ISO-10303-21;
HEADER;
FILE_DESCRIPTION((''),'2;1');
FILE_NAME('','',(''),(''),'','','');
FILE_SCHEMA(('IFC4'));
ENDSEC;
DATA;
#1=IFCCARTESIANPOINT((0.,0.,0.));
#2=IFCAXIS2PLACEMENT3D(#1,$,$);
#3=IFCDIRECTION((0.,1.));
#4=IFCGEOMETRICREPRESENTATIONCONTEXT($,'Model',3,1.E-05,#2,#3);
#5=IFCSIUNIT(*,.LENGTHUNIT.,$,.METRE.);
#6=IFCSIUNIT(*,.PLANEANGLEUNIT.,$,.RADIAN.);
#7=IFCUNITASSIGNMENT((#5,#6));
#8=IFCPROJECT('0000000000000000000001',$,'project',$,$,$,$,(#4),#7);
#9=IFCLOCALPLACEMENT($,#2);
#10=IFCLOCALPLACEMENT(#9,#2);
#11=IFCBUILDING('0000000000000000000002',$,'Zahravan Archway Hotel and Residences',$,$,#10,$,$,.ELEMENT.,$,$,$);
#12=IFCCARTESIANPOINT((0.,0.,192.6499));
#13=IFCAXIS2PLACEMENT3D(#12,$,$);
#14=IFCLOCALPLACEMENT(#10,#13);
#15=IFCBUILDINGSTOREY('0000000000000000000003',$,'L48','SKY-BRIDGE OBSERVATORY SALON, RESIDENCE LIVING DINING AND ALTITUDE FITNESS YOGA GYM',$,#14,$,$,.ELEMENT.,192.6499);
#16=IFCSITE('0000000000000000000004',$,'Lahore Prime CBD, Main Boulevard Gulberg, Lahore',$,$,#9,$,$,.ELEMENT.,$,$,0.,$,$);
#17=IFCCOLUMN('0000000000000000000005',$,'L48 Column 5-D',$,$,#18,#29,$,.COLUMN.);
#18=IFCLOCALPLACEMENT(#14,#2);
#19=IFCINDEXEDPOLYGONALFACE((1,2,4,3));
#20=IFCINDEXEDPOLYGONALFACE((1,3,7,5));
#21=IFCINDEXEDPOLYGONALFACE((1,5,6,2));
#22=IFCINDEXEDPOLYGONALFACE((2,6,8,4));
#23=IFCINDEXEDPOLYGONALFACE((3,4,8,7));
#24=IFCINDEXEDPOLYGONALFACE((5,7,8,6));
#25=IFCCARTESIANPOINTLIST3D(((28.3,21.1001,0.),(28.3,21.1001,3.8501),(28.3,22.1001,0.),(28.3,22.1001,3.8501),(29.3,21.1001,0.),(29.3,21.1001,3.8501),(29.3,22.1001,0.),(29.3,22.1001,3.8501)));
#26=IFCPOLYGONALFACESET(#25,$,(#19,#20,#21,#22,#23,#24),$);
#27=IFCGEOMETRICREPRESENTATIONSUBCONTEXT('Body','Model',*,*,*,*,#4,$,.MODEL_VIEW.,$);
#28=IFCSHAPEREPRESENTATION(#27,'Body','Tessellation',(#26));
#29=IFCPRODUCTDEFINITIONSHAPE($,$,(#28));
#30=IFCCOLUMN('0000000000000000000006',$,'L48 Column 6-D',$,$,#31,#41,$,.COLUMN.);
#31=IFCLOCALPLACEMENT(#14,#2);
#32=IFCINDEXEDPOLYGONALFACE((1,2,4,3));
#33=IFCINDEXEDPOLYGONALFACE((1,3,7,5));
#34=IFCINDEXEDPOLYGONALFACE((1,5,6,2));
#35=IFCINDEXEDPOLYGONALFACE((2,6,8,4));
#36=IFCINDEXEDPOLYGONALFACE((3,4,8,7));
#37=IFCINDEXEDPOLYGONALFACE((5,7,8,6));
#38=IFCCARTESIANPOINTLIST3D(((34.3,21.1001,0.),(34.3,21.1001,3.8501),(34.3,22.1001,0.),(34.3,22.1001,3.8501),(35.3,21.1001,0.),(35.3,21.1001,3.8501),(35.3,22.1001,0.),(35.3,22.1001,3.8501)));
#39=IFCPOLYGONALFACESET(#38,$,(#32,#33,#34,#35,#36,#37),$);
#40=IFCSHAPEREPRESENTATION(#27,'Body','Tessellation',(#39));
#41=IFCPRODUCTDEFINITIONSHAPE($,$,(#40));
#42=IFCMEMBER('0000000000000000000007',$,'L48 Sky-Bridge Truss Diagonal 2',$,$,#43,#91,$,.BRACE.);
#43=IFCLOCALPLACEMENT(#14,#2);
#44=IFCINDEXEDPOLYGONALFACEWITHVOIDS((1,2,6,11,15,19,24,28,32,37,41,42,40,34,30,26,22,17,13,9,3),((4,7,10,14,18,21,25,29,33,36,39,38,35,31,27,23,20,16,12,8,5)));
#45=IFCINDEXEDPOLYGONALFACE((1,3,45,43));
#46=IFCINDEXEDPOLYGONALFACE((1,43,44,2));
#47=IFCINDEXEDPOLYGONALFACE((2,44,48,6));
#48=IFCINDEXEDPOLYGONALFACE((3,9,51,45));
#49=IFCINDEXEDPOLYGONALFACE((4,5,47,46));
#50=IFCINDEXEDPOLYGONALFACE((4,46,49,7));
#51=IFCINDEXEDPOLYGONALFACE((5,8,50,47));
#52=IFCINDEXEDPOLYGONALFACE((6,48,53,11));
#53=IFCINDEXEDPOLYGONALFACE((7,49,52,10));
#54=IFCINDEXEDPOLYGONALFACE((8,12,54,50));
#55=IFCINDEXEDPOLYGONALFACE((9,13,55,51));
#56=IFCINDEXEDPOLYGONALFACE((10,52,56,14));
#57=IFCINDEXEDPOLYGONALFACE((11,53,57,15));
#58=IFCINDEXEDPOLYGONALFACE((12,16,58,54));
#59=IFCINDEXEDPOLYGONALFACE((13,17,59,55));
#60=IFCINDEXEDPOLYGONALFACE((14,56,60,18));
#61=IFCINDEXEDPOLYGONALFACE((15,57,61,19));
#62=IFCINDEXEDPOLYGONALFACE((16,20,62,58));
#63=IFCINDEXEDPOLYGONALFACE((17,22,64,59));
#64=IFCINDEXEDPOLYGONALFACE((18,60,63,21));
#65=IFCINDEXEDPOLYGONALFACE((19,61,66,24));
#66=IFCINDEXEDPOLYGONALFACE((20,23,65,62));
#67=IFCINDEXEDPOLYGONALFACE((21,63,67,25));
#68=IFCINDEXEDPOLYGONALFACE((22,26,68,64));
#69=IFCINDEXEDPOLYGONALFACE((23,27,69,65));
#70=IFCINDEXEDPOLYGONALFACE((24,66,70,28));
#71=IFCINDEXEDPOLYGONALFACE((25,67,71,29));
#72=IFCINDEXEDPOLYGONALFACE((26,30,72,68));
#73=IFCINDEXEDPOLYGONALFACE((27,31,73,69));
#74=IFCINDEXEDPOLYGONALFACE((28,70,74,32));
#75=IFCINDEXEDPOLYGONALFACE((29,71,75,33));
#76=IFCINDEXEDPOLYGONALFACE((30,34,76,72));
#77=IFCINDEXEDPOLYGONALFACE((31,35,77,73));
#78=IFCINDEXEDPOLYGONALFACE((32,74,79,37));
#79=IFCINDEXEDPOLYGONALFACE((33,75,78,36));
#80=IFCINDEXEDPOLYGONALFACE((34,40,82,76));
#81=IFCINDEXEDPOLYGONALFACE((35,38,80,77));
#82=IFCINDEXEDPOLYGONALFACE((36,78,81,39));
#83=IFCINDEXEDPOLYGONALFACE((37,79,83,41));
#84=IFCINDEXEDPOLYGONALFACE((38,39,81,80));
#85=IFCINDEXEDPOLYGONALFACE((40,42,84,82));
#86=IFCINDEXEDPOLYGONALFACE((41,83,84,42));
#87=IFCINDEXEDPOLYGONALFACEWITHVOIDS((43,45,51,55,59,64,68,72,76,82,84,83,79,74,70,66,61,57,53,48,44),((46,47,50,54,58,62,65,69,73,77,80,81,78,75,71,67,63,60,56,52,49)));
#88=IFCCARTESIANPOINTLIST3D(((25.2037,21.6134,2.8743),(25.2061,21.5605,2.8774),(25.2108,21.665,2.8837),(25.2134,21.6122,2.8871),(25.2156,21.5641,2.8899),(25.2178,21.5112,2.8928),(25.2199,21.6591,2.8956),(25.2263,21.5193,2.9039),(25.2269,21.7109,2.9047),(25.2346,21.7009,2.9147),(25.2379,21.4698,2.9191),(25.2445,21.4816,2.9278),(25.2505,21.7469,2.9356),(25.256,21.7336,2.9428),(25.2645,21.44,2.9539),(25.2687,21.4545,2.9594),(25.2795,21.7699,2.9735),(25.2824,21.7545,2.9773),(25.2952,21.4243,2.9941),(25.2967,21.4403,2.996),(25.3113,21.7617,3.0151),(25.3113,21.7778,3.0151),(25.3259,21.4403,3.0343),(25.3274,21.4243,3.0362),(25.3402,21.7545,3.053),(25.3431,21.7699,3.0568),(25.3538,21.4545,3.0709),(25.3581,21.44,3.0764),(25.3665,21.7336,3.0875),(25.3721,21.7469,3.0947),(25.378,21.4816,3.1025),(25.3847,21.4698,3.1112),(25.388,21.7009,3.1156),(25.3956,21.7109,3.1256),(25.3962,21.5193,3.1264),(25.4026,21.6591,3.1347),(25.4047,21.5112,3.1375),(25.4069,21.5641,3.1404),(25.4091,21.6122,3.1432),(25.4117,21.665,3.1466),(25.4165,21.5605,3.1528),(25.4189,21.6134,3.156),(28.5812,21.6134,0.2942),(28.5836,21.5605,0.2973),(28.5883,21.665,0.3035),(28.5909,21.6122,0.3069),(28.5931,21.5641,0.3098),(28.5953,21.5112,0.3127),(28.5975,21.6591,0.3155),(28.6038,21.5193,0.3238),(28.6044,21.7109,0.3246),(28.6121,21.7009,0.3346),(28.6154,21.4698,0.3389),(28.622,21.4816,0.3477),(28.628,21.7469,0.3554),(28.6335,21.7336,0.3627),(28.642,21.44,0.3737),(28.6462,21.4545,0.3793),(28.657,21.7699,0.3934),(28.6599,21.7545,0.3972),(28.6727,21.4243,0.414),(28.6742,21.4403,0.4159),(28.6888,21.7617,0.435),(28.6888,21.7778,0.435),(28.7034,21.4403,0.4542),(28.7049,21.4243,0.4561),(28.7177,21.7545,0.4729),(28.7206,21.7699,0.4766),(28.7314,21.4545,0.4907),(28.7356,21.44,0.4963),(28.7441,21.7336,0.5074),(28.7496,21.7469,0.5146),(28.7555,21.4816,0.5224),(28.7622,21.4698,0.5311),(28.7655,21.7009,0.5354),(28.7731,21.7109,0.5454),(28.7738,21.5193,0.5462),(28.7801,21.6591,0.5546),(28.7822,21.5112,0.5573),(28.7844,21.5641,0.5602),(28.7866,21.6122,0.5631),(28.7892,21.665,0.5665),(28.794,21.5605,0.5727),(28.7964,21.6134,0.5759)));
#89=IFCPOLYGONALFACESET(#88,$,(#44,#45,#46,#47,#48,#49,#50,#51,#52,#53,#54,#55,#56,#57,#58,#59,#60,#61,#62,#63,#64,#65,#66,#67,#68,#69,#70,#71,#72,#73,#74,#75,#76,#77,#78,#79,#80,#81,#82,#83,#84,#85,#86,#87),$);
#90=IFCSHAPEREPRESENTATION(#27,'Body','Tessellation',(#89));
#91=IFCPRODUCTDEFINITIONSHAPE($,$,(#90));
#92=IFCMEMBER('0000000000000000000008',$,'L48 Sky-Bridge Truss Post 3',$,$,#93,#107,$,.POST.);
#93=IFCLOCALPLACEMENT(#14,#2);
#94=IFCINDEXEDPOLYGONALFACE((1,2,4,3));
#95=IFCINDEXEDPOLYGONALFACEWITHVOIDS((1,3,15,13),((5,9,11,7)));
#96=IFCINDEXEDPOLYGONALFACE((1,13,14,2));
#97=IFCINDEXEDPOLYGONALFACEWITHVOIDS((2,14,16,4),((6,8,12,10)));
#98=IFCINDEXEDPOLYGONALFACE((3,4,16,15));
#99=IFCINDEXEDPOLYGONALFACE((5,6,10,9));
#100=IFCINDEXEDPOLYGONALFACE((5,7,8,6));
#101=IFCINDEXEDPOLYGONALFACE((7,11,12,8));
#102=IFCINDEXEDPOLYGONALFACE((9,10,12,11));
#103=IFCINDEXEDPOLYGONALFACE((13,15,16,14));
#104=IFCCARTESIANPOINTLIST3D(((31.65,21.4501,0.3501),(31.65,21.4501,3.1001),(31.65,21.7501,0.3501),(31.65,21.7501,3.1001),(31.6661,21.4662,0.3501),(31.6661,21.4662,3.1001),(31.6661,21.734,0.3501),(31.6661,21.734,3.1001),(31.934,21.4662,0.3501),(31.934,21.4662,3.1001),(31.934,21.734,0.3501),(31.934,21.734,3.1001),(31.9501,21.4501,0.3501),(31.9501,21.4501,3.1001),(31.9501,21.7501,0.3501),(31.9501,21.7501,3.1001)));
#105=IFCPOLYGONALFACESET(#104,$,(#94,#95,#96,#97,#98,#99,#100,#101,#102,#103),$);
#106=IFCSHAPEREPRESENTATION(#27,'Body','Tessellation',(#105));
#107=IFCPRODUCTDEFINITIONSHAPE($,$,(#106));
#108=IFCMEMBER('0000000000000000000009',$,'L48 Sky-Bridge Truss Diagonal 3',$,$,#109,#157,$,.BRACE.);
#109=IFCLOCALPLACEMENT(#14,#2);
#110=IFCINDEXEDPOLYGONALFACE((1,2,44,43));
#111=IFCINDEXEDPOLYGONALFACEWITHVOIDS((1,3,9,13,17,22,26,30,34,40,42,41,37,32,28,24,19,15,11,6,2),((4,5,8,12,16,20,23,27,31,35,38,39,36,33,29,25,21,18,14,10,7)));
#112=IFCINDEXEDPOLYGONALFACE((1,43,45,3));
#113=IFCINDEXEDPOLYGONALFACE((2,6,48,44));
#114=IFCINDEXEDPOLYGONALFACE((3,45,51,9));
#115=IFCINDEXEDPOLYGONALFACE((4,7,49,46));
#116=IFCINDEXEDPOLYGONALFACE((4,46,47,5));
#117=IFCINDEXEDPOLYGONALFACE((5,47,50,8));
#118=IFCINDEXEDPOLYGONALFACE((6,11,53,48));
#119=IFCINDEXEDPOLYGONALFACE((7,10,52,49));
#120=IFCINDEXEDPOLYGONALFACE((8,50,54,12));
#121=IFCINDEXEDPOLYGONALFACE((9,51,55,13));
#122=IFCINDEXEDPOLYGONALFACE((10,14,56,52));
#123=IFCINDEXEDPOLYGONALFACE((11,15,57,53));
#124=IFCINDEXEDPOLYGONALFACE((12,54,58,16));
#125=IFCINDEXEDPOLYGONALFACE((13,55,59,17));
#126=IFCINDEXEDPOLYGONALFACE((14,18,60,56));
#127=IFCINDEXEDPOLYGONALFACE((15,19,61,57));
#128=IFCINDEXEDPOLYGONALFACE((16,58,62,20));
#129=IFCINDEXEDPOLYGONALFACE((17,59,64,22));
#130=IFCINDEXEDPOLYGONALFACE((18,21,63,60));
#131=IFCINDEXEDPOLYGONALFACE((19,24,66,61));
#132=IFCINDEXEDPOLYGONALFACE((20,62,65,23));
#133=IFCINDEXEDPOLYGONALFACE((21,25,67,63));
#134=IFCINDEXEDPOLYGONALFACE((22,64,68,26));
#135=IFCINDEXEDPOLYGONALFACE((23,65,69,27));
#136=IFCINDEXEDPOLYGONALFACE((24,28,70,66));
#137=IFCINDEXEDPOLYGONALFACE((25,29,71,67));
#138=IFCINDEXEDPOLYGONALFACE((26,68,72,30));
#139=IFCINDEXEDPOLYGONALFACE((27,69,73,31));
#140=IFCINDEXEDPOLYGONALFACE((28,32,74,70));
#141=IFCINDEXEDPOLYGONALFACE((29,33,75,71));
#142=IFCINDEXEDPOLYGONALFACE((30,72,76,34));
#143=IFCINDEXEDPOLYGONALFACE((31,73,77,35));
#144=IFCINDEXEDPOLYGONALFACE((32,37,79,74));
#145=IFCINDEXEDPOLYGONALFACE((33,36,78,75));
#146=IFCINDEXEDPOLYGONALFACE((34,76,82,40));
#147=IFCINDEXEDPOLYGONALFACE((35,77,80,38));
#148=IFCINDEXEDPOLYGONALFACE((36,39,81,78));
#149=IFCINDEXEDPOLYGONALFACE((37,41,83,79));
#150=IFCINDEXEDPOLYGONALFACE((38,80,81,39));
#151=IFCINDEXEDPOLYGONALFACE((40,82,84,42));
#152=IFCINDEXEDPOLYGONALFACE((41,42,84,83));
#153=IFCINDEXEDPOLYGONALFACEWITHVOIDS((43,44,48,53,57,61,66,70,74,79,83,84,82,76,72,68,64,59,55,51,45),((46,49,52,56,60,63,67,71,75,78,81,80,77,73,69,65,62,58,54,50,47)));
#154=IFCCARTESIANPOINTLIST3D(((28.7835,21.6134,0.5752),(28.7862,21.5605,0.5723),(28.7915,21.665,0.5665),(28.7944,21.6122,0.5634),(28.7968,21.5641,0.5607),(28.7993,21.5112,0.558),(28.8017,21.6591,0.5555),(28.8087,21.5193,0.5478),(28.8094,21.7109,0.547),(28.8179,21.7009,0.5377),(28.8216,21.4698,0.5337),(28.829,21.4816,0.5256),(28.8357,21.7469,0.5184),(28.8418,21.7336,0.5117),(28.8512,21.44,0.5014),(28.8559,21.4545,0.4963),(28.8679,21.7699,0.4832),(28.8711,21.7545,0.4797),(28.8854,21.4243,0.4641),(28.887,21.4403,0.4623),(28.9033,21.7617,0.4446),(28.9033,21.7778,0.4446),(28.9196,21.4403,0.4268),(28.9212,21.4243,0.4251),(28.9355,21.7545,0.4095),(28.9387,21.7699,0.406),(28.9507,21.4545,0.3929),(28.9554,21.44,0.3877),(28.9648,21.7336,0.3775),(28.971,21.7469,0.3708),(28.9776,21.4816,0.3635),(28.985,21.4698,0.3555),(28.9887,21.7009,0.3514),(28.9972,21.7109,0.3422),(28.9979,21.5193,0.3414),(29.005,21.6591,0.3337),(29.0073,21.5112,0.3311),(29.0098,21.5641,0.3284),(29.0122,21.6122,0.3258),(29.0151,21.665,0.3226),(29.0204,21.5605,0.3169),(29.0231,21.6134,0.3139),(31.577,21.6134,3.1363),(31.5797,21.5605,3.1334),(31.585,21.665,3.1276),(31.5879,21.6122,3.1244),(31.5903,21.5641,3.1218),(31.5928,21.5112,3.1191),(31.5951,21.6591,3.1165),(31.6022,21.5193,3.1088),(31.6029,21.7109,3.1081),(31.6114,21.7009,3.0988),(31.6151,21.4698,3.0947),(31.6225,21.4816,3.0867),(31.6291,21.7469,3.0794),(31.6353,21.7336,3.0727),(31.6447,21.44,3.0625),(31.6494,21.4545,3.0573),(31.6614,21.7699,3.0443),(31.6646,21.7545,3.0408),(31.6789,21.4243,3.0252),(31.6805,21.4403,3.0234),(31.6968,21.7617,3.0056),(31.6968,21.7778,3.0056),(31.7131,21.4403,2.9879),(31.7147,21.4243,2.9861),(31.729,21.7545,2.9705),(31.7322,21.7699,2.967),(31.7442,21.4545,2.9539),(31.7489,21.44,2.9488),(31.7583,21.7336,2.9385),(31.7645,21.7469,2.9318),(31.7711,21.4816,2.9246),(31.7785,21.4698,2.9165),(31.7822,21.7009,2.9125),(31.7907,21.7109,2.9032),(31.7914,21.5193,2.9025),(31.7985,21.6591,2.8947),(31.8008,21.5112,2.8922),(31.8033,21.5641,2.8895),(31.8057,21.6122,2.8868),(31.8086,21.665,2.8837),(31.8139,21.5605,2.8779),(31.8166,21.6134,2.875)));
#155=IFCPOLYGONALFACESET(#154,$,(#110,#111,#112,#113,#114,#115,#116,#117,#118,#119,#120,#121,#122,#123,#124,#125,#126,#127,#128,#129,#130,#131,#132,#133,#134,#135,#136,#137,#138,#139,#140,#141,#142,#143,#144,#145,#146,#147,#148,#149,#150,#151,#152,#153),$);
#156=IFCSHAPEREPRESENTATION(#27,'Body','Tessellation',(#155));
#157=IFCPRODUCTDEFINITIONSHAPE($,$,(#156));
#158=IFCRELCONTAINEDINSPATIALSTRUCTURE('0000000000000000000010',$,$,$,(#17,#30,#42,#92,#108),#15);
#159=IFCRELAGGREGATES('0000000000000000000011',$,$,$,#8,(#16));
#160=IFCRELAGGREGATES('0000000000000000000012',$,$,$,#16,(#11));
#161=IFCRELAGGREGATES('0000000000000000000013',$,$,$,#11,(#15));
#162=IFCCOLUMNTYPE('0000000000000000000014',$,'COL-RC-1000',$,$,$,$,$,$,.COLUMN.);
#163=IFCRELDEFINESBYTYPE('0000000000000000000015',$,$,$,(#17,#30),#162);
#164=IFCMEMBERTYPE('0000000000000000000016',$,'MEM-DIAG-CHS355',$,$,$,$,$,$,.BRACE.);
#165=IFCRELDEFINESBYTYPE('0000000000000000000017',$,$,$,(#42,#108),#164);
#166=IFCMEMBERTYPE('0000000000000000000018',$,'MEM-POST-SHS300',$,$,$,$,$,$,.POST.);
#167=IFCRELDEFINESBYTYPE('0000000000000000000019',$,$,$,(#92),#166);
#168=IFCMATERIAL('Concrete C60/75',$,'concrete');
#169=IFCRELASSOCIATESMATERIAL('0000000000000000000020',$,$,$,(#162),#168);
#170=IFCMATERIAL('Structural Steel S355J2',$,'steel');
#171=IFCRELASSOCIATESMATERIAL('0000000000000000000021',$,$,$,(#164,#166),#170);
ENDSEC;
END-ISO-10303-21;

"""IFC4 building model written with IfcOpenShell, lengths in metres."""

from ifc_helpers import new_model, si_unit, direction, frame, origin, origin_2d, place, context, subcontext, project, spatial, rectangle, hollow_rectangle, hollow_circle, extrude, source, transform, mapped, material, material_profile, profile_set, type_object, element, save


model = new_model("IFC4")

# Units and contexts
model_context = context("Model", 3, precision=1e-05, world=origin(), true_north=direction((0.0, 1.0)))
body_context = subcontext(model_context, "Body", "Model", "MODEL_VIEW")
ifc_project = project(units=[si_unit("LENGTHUNIT", "METRE"), si_unit("PLANEANGLEUNIT", "RADIAN")], contexts=[model_context])

# Site, building, storey
site_placement = place(None, origin())
site = spatial("IfcSite", under=ifc_project, at=site_placement, Name="Lahore Prime CBD, Main Boulevard Gulberg, Lahore", CompositionType="ELEMENT", RefElevation=0.0)
building_placement = place(site_placement, origin())
building = spatial("IfcBuilding", under=site, at=building_placement, Name="Zahravan Archway Hotel and Residences", CompositionType="ELEMENT")
storey_placement = place(building_placement, frame((0.0, 0.0, 192.6499)))
storey = spatial("IfcBuildingStorey", under=building, at=storey_placement, Name="L48", Description="SKY-BRIDGE OBSERVATORY SALON, RESIDENCE LIVING DINING AND ALTITUDE FITNESS YOGA GYM", CompositionType="ELEMENT", Elevation=192.6499)

# Columns
ifc_material_1 = material(Name="Concrete C60/75", Category="concrete")
ifc_material_profile_1 = material_profile(ifc_material_1, rectangle(XDim=1.0, YDim=1.0, at=origin_2d()), Name="RC-COL-1000x1000", Category="concrete")
ifc_profile_set_1 = profile_set([ifc_material_profile_1], Name="Concrete C60/75")
column_type = type_object("IfcColumnType", Name="COL-RC-1000", PredefinedType="COLUMN", material=ifc_profile_set_1)
shared_shape_1 = source(origin(), body_context, "Body", "SweptSolid", [
    extrude(rectangle(XDim=1.0, YDim=1.0, at=origin_2d()), origin(), (0.0, 0.0, 1.0), 3.8501),
])
for number, where, z_axis, x_axis, name in (
    (1, (28.8, 21.6001, 0.0), (0.0, 0.0, 1.0), (1.0, 0.0, 0.0), "L48 Column 5-D"),
    (2, (34.8, 21.6001, 0.0), (0.0, 0.0, 1.0), (1.0, 0.0, 0.0), "L48 Column 6-D"),
):
    element("IfcColumn", number, at=place(storey_placement, frame(where, z_axis=z_axis, x_axis=x_axis)), inside=storey, type_object=column_type, Name=name, PredefinedType="COLUMN", context=body_context, shape_type="MappedRepresentation", body=[
        mapped(shared_shape_1, transform((0.0, 0.0, 0.0), scale=1.0)),
    ])

# Members
ifc_material_2 = material(Name="Structural Steel S355J2", Category="steel")
ifc_material_profile_2 = material_profile(ifc_material_2, hollow_circle(Radius=0.1777, WallThickness=0.0161, at=origin_2d()), Name="CHS 355.6x16", Category="steel")
ifc_profile_set_2 = profile_set([ifc_material_profile_2], Name="Structural Steel S355J2")
member_type_1 = type_object("IfcMemberType", Name="MEM-DIAG-CHS355", PredefinedType="BRACE", material=ifc_profile_set_2)
shared_shape_2 = source(origin(), body_context, "Body", "SweptSolid", [
    extrude(hollow_circle(Radius=0.1777, WallThickness=0.0161, at=origin_2d()), origin(), (0.0, 0.0, 1.0), 4.2502),
])
member_1_placement = place(storey_placement, frame((25.3113, 21.6001, 3.0151), z_axis=(0.794661, 0.0, -0.607053), x_axis=(0.0, 1.0, 0.0)))
element("IfcMember", 3, at=member_1_placement, inside=storey, type_object=member_type_1, Name="L48 Sky-Bridge Truss Diagonal 2", PredefinedType="BRACE", context=body_context, shape_type="MappedRepresentation", body=[
    mapped(shared_shape_2, transform((0.0, 0.0, 0.0), scale=1.0)),
])
ifc_material_profile_3 = material_profile(ifc_material_2, hollow_rectangle(XDim=0.3, YDim=0.3, WallThickness=0.0161, at=origin_2d()), Name="SHS 300x300x16", Category="steel")
ifc_profile_set_3 = profile_set([ifc_material_profile_3], Name="Structural Steel S355J2")
member_type_2 = type_object("IfcMemberType", Name="MEM-POST-SHS300", PredefinedType="POST", material=ifc_profile_set_3)
shared_shape_3 = source(origin(), body_context, "Body", "SweptSolid", [
    extrude(hollow_rectangle(XDim=0.3, YDim=0.3, WallThickness=0.0161, at=origin_2d()), origin(), (0.0, 0.0, 1.0), 2.75),
])
member_2_placement = place(storey_placement, frame((31.8, 21.6001, 0.3501), z_axis=(0.0, 0.0, 1.0), x_axis=(1.0, 0.0, 0.0)))
element("IfcMember", 4, at=member_2_placement, inside=storey, type_object=member_type_2, Name="L48 Sky-Bridge Truss Post 3", PredefinedType="POST", context=body_context, shape_type="MappedRepresentation", body=[
    mapped(shared_shape_3, transform((0.0, 0.0, 0.0), scale=1.0)),
])
shared_shape_4 = source(origin(), body_context, "Body", "SweptSolid", [
    extrude(hollow_circle(Radius=0.1777, WallThickness=0.0161, at=origin_2d()), origin(), (0.0, 0.0, 1.0), 3.7898),
])
member_3_placement = place(storey_placement, frame((28.9033, 21.6001, 0.4446), z_axis=(0.737106, 0.0, 0.675777), x_axis=(0.0, 1.0, 0.0)))
element("IfcMember", 5, at=member_3_placement, inside=storey, type_object=member_type_1, Name="L48 Sky-Bridge Truss Diagonal 3", PredefinedType="BRACE", context=body_context, shape_type="MappedRepresentation", body=[
    mapped(shared_shape_4, transform((0.0, 0.0, 0.0), scale=1.0)),
])

save(model, "model.ifc")
